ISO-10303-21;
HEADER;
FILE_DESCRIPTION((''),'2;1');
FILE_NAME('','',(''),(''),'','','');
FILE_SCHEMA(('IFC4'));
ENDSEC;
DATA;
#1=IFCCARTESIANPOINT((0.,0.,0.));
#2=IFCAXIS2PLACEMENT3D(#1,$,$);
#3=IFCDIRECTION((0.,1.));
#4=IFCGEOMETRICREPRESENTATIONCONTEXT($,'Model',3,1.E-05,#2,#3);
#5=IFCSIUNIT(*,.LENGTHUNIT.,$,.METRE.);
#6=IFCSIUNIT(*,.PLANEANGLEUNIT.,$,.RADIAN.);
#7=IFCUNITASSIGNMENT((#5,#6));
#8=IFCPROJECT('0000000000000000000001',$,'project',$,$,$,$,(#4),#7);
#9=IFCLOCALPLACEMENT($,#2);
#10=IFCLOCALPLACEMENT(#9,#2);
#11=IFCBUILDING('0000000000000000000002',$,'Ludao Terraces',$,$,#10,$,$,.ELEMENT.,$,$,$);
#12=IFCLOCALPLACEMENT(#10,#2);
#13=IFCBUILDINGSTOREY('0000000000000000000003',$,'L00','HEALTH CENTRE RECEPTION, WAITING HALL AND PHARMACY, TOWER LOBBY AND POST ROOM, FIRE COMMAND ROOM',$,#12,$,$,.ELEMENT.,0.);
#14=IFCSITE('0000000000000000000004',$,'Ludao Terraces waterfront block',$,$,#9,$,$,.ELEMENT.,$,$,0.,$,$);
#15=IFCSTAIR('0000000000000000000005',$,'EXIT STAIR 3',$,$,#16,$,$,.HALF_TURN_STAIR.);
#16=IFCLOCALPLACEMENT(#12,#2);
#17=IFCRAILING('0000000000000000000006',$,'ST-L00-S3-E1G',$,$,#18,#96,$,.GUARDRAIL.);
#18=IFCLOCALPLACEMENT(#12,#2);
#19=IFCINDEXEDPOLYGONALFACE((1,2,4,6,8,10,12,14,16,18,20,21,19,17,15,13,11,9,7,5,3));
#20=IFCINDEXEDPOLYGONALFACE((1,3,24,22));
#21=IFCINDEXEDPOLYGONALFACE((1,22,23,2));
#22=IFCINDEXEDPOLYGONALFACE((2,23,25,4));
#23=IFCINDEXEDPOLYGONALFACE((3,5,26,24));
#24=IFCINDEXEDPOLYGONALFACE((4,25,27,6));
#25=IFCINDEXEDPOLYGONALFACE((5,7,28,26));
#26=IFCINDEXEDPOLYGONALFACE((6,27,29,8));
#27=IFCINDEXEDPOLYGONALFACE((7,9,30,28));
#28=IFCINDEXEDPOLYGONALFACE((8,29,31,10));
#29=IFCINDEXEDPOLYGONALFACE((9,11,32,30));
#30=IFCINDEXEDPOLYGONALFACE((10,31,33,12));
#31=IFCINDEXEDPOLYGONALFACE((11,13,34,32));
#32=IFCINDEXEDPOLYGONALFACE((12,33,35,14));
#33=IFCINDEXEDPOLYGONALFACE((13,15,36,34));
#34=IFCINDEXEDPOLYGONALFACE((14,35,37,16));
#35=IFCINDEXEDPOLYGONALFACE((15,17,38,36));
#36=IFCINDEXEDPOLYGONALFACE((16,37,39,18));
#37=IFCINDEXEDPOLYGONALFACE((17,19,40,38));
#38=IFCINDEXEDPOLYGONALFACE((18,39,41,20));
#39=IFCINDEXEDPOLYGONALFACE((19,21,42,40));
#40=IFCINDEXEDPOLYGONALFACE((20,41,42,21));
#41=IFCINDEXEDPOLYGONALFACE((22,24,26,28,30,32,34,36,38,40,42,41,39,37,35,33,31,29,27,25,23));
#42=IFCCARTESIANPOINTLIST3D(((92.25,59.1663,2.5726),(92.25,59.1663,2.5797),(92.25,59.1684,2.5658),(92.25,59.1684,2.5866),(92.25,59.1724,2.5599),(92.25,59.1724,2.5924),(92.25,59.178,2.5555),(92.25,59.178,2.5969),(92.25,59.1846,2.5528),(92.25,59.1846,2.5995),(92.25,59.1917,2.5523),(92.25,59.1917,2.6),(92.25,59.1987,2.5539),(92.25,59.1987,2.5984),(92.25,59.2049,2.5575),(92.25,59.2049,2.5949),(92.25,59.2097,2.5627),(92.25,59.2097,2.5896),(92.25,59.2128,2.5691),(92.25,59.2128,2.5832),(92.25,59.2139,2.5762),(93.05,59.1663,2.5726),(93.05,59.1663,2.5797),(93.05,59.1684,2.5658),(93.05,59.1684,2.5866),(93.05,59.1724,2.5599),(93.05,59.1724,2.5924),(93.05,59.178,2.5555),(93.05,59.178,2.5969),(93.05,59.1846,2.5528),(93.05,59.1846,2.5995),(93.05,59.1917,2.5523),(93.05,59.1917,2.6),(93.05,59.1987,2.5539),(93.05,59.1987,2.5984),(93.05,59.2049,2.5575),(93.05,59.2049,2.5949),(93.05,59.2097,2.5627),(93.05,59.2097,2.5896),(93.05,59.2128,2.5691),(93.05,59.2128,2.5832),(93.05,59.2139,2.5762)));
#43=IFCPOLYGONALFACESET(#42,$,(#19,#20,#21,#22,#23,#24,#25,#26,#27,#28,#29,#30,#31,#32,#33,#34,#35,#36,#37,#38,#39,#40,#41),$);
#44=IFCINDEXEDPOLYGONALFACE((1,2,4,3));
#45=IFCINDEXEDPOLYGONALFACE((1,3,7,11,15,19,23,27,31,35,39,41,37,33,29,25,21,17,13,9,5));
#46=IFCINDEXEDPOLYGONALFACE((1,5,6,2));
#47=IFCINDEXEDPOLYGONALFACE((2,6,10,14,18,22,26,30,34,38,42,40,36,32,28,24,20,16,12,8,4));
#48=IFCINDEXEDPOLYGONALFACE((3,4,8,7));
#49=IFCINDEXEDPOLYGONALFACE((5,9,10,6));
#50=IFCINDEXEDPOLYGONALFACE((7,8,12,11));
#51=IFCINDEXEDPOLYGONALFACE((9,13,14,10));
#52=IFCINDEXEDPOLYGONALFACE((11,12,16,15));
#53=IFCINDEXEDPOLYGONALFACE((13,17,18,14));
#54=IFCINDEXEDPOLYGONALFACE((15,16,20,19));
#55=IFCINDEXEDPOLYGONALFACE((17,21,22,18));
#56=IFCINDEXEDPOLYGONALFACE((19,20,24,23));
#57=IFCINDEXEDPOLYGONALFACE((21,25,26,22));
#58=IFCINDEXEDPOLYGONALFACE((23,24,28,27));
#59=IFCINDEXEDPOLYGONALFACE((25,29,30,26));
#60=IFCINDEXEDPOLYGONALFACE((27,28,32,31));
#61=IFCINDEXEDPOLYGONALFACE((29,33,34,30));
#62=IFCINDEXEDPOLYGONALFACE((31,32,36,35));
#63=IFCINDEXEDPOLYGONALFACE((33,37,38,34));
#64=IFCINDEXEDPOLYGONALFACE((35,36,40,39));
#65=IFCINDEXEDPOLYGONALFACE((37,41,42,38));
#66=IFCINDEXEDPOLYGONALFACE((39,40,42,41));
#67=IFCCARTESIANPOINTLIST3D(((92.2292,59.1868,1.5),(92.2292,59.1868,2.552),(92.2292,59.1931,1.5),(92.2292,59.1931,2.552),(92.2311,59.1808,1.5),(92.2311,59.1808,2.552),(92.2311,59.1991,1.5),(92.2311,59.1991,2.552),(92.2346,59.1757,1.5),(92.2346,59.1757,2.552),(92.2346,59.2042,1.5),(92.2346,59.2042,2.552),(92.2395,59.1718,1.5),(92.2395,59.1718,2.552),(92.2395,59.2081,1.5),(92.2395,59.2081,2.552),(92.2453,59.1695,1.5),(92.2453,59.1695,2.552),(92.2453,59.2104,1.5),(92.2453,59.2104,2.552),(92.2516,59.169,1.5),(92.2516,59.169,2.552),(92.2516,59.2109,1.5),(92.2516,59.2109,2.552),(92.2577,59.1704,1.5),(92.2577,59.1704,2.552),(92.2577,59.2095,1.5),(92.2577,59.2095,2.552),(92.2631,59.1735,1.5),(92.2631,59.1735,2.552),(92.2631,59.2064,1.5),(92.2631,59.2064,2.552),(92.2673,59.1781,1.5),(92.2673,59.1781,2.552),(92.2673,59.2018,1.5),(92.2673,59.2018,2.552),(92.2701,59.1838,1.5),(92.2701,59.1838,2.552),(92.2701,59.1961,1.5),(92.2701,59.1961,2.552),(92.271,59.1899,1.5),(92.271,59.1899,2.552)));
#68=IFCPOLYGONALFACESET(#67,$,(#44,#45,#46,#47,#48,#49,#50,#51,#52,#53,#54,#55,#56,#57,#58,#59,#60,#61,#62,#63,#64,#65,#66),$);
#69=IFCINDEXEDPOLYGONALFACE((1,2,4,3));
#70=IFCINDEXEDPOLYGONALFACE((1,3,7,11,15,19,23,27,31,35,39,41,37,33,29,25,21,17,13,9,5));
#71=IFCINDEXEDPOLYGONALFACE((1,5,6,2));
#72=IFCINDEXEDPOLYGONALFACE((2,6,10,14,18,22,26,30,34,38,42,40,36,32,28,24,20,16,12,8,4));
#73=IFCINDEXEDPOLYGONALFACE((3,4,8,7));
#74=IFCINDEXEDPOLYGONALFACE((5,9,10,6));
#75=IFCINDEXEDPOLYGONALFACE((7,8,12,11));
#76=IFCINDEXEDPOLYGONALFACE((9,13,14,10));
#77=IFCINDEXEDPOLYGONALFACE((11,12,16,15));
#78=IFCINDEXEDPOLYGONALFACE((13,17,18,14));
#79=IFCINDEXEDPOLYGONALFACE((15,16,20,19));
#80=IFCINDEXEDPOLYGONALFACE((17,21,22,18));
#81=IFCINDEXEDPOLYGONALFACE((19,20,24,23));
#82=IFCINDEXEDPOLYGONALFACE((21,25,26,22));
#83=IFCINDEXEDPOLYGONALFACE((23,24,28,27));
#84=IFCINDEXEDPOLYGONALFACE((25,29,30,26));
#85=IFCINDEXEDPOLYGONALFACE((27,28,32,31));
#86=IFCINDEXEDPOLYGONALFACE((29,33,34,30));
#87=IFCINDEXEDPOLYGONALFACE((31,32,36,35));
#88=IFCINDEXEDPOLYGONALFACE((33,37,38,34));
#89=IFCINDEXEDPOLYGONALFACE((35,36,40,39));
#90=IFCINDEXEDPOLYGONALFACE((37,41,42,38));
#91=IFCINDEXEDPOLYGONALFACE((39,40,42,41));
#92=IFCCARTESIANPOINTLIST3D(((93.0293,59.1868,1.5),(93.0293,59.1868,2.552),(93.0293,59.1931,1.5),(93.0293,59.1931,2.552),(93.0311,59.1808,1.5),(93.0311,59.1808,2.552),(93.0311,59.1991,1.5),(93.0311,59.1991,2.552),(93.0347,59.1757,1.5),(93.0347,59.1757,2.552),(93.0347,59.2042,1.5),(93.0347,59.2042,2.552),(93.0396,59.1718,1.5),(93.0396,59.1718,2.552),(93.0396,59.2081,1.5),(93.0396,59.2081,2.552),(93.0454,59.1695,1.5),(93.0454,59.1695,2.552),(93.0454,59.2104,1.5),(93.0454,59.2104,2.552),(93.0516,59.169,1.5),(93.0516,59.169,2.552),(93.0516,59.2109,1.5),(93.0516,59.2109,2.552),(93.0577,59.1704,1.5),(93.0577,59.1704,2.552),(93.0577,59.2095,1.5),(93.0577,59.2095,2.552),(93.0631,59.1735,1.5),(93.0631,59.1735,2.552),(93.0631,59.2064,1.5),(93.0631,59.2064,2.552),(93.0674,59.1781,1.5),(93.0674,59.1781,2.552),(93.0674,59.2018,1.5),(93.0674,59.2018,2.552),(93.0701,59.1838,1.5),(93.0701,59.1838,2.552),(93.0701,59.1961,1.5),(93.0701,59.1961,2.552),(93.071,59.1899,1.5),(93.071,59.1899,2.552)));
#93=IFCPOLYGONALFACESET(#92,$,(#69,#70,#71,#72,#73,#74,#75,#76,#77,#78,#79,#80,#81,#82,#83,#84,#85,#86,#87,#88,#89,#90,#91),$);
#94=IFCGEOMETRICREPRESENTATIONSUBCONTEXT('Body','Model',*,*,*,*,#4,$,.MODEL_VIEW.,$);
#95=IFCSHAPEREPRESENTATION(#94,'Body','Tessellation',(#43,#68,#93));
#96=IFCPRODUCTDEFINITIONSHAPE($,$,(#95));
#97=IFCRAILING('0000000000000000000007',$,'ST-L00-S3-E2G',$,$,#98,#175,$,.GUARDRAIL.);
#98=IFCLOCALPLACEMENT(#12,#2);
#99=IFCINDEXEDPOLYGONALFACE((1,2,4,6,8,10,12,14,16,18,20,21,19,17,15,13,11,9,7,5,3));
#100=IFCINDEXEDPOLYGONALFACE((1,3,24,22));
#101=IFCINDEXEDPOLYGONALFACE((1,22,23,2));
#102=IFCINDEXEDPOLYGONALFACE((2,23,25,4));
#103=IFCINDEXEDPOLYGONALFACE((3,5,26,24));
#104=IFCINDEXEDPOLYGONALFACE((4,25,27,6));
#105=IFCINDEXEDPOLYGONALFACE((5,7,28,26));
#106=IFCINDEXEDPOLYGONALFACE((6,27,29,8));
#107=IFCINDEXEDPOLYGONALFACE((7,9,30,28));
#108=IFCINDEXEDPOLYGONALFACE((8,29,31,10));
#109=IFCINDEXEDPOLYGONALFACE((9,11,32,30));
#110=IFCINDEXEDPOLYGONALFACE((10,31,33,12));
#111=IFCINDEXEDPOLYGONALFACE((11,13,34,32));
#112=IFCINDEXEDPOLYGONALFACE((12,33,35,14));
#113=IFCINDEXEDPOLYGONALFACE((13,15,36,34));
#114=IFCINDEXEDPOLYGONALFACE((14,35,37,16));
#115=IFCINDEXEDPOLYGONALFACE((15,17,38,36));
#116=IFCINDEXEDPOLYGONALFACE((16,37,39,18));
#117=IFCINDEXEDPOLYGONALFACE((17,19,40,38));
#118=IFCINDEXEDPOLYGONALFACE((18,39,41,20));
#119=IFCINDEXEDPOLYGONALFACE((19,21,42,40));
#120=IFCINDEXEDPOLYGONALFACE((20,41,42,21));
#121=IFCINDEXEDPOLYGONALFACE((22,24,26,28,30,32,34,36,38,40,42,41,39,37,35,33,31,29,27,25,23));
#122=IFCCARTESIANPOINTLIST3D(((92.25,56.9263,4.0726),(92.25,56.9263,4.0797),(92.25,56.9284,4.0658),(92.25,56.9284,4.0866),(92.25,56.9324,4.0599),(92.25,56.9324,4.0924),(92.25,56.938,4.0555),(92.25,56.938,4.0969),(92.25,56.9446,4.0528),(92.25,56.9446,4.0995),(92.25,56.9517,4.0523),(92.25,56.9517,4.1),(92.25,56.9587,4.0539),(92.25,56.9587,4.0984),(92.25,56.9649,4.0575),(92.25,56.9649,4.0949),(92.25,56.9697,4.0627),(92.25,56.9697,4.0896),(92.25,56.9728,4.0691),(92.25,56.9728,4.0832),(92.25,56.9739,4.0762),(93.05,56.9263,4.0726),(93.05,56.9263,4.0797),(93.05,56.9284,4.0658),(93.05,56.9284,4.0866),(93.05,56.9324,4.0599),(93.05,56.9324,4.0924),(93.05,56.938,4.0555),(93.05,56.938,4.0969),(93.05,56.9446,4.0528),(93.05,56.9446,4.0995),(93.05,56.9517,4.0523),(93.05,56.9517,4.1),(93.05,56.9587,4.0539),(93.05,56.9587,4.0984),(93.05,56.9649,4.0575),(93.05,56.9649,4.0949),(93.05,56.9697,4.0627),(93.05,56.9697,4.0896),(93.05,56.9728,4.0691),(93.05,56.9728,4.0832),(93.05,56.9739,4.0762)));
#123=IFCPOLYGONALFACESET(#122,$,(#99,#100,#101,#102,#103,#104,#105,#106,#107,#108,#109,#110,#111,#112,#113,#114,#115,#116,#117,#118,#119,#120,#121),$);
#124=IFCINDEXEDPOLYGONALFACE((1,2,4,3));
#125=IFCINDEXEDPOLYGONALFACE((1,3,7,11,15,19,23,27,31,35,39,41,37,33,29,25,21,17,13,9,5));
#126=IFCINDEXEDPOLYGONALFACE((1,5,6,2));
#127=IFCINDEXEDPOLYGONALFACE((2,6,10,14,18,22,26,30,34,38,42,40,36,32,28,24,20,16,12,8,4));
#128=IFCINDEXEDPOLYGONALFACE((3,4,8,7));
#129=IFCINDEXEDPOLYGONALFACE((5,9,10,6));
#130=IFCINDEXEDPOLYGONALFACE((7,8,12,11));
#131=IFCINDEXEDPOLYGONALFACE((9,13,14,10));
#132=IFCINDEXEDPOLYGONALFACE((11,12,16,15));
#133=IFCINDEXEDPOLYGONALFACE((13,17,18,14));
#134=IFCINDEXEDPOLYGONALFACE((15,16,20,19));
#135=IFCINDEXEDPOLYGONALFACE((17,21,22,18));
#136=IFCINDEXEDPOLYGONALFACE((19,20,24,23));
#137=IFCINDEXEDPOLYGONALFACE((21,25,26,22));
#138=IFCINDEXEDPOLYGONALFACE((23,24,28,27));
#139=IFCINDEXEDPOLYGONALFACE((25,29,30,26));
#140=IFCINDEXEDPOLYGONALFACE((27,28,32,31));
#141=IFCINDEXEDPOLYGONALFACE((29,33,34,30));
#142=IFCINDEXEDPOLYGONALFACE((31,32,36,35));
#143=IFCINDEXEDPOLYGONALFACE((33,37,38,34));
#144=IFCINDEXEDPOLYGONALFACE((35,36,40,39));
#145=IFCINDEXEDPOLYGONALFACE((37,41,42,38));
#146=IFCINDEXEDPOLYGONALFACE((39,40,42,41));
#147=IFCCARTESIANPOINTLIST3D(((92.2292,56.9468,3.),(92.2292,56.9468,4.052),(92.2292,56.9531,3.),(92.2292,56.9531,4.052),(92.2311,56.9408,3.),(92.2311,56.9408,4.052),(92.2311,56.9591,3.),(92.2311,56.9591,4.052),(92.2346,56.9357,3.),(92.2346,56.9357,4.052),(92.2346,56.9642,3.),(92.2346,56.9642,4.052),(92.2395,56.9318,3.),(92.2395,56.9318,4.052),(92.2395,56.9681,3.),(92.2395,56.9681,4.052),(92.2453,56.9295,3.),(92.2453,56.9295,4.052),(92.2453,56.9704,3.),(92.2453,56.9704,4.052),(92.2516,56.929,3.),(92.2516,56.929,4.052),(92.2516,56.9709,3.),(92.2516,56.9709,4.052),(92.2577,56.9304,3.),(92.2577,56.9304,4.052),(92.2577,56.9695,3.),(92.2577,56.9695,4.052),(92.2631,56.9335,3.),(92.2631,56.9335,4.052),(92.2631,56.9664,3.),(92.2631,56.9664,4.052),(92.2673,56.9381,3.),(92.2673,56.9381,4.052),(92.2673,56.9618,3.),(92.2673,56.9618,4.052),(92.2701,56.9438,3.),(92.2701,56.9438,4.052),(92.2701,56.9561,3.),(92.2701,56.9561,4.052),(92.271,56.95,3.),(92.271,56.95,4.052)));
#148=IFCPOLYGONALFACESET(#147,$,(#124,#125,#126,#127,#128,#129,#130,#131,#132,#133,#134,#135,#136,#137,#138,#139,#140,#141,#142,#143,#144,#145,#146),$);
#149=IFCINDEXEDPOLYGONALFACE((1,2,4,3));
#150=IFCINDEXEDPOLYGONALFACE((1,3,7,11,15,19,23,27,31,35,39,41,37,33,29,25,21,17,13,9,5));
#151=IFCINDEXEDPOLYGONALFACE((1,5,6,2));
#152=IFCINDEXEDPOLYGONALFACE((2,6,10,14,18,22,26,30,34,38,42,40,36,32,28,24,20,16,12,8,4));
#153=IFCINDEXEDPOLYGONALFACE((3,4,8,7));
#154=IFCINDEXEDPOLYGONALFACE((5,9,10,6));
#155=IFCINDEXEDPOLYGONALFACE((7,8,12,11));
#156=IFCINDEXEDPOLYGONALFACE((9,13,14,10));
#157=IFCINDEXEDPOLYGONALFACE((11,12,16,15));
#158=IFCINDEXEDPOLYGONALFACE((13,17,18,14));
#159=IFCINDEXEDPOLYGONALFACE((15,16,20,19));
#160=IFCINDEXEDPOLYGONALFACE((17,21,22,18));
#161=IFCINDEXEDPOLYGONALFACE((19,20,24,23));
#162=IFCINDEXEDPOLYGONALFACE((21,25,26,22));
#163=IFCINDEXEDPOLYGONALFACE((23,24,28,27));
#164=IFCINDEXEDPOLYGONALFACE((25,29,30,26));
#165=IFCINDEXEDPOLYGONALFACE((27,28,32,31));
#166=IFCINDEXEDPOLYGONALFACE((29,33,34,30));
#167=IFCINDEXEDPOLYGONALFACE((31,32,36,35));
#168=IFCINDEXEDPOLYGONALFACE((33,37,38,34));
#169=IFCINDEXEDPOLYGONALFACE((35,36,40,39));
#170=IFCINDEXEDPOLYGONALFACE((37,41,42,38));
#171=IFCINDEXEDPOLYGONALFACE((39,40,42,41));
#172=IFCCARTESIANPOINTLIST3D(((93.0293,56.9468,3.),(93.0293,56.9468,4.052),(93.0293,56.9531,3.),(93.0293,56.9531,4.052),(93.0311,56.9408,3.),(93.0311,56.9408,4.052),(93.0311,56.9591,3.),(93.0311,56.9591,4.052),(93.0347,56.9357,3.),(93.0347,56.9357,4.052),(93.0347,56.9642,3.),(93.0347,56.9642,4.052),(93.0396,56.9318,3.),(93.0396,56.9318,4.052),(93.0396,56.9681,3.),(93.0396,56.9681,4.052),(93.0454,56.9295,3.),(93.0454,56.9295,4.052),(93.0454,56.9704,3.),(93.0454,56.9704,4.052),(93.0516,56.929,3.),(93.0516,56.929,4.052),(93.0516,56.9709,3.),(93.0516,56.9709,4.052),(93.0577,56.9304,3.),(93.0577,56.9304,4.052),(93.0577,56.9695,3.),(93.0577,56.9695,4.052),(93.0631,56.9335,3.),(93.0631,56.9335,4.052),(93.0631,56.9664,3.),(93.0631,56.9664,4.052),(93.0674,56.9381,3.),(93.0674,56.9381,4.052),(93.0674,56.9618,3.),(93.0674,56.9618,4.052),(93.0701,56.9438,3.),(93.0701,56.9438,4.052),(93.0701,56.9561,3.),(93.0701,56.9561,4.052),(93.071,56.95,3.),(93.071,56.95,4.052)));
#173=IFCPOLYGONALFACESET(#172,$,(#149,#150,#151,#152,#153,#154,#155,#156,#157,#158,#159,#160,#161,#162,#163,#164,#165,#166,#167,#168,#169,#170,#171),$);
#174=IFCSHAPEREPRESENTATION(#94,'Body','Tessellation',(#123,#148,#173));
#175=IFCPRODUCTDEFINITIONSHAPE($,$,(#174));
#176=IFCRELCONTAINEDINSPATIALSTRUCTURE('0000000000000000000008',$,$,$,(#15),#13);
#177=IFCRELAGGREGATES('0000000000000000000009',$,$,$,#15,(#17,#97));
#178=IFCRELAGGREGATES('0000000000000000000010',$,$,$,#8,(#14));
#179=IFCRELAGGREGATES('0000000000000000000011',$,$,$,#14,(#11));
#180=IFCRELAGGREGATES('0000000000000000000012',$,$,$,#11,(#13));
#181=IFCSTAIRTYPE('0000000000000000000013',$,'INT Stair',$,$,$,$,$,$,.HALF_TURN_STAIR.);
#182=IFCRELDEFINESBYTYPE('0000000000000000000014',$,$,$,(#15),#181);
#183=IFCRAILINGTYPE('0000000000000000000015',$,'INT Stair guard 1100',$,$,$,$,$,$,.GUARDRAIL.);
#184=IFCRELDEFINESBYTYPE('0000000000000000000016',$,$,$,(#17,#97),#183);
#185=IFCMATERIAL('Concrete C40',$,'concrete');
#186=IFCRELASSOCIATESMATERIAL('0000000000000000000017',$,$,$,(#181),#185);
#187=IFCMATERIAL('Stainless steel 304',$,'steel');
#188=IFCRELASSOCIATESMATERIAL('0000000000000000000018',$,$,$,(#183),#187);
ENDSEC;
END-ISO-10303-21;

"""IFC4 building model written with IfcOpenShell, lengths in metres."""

from ifc_helpers import new_model, si_unit, direction, frame, origin, origin_2d, place, context, subcontext, project, spatial, circle, extrude, material, type_object, element, aggregate, save


model = new_model("IFC4")

# Units and contexts
model_context = context("Model", 3, precision=1e-05, world=origin(), true_north=direction((0.0, 1.0)))
body_context = subcontext(model_context, "Body", "Model", "MODEL_VIEW")
ifc_project = project(units=[si_unit("LENGTHUNIT", "METRE"), si_unit("PLANEANGLEUNIT", "RADIAN")], contexts=[model_context])

# Site, building, storey
site_placement = place(None, origin())
site = spatial("IfcSite", under=ifc_project, at=site_placement, Name="Ludao Terraces waterfront block", CompositionType="ELEMENT", RefElevation=0.0)
building_placement = place(site_placement, origin())
building = spatial("IfcBuilding", under=site, at=building_placement, Name="Ludao Terraces", CompositionType="ELEMENT")
storey_placement = place(building_placement, origin())
storey = spatial("IfcBuildingStorey", under=building, at=storey_placement, Name="L00", Description="HEALTH CENTRE RECEPTION, WAITING HALL AND PHARMACY, TOWER LOBBY AND POST ROOM, FIRE COMMAND ROOM", CompositionType="ELEMENT", Elevation=0.0)

# Stair, railings
ifc_material_1 = material(Name="Concrete C40", Category="concrete")
stair_type = type_object("IfcStairType", Name="INT Stair", PredefinedType="HALF_TURN_STAIR", material=ifc_material_1)
stair_placement = place(storey_placement, origin())
stair = element("IfcStair", 1, at=stair_placement, inside=storey, type_object=stair_type, Name="EXIT STAIR 3", PredefinedType="HALF_TURN_STAIR")
ifc_material_2 = material(Name="Stainless steel 304", Category="steel")
railing_type_1 = type_object("IfcRailingType", Name="INT Stair guard 1100", PredefinedType="GUARDRAIL", material=ifc_material_2)
railing_1_placement = place(storey_placement, frame((92.25, 59.1899, 1.5)))
railing_1 = element("IfcRailing", 2, at=railing_1_placement, type_object=railing_type_1, Name="ST-L00-S3-E1G", PredefinedType="GUARDRAIL", context=body_context, shape_type="SweptSolid", body=[
    extrude(circle(Radius=0.0239, at=origin_2d()), frame((0.0, 0.0, 1.0762), z_axis=(1.0, 0.0, 0.0), x_axis=(0.0, 1.0, 0.0)), (0.0, 0.0, 1.0), 0.8),
    extrude(circle(Radius=0.021, at=origin_2d()), origin(), (0.0, 0.0, 1.0), 1.052),
    extrude(circle(Radius=0.021, at=origin_2d()), frame((0.8, 0.0, 0.0)), (0.0, 0.0, 1.0), 1.052),
])
railing_2_placement = place(storey_placement, frame((92.25, 56.95, 3.0)))
railing_2 = element("IfcRailing", 3, at=railing_2_placement, type_object=railing_type_1, Name="ST-L00-S3-E2G", PredefinedType="GUARDRAIL", context=body_context, shape_type="SweptSolid", body=[
    extrude(circle(Radius=0.0239, at=origin_2d()), frame((0.0, 0.0, 1.0762), z_axis=(1.0, 0.0, 0.0), x_axis=(0.0, 1.0, 0.0)), (0.0, 0.0, 1.0), 0.8),
    extrude(circle(Radius=0.021, at=origin_2d()), origin(), (0.0, 0.0, 1.0), 1.052),
    extrude(circle(Radius=0.021, at=origin_2d()), frame((0.8, 0.0, 0.0)), (0.0, 0.0, 1.0), 1.052),
])
aggregate(stair, [railing_1, railing_2])

save(model, "model.ifc")
